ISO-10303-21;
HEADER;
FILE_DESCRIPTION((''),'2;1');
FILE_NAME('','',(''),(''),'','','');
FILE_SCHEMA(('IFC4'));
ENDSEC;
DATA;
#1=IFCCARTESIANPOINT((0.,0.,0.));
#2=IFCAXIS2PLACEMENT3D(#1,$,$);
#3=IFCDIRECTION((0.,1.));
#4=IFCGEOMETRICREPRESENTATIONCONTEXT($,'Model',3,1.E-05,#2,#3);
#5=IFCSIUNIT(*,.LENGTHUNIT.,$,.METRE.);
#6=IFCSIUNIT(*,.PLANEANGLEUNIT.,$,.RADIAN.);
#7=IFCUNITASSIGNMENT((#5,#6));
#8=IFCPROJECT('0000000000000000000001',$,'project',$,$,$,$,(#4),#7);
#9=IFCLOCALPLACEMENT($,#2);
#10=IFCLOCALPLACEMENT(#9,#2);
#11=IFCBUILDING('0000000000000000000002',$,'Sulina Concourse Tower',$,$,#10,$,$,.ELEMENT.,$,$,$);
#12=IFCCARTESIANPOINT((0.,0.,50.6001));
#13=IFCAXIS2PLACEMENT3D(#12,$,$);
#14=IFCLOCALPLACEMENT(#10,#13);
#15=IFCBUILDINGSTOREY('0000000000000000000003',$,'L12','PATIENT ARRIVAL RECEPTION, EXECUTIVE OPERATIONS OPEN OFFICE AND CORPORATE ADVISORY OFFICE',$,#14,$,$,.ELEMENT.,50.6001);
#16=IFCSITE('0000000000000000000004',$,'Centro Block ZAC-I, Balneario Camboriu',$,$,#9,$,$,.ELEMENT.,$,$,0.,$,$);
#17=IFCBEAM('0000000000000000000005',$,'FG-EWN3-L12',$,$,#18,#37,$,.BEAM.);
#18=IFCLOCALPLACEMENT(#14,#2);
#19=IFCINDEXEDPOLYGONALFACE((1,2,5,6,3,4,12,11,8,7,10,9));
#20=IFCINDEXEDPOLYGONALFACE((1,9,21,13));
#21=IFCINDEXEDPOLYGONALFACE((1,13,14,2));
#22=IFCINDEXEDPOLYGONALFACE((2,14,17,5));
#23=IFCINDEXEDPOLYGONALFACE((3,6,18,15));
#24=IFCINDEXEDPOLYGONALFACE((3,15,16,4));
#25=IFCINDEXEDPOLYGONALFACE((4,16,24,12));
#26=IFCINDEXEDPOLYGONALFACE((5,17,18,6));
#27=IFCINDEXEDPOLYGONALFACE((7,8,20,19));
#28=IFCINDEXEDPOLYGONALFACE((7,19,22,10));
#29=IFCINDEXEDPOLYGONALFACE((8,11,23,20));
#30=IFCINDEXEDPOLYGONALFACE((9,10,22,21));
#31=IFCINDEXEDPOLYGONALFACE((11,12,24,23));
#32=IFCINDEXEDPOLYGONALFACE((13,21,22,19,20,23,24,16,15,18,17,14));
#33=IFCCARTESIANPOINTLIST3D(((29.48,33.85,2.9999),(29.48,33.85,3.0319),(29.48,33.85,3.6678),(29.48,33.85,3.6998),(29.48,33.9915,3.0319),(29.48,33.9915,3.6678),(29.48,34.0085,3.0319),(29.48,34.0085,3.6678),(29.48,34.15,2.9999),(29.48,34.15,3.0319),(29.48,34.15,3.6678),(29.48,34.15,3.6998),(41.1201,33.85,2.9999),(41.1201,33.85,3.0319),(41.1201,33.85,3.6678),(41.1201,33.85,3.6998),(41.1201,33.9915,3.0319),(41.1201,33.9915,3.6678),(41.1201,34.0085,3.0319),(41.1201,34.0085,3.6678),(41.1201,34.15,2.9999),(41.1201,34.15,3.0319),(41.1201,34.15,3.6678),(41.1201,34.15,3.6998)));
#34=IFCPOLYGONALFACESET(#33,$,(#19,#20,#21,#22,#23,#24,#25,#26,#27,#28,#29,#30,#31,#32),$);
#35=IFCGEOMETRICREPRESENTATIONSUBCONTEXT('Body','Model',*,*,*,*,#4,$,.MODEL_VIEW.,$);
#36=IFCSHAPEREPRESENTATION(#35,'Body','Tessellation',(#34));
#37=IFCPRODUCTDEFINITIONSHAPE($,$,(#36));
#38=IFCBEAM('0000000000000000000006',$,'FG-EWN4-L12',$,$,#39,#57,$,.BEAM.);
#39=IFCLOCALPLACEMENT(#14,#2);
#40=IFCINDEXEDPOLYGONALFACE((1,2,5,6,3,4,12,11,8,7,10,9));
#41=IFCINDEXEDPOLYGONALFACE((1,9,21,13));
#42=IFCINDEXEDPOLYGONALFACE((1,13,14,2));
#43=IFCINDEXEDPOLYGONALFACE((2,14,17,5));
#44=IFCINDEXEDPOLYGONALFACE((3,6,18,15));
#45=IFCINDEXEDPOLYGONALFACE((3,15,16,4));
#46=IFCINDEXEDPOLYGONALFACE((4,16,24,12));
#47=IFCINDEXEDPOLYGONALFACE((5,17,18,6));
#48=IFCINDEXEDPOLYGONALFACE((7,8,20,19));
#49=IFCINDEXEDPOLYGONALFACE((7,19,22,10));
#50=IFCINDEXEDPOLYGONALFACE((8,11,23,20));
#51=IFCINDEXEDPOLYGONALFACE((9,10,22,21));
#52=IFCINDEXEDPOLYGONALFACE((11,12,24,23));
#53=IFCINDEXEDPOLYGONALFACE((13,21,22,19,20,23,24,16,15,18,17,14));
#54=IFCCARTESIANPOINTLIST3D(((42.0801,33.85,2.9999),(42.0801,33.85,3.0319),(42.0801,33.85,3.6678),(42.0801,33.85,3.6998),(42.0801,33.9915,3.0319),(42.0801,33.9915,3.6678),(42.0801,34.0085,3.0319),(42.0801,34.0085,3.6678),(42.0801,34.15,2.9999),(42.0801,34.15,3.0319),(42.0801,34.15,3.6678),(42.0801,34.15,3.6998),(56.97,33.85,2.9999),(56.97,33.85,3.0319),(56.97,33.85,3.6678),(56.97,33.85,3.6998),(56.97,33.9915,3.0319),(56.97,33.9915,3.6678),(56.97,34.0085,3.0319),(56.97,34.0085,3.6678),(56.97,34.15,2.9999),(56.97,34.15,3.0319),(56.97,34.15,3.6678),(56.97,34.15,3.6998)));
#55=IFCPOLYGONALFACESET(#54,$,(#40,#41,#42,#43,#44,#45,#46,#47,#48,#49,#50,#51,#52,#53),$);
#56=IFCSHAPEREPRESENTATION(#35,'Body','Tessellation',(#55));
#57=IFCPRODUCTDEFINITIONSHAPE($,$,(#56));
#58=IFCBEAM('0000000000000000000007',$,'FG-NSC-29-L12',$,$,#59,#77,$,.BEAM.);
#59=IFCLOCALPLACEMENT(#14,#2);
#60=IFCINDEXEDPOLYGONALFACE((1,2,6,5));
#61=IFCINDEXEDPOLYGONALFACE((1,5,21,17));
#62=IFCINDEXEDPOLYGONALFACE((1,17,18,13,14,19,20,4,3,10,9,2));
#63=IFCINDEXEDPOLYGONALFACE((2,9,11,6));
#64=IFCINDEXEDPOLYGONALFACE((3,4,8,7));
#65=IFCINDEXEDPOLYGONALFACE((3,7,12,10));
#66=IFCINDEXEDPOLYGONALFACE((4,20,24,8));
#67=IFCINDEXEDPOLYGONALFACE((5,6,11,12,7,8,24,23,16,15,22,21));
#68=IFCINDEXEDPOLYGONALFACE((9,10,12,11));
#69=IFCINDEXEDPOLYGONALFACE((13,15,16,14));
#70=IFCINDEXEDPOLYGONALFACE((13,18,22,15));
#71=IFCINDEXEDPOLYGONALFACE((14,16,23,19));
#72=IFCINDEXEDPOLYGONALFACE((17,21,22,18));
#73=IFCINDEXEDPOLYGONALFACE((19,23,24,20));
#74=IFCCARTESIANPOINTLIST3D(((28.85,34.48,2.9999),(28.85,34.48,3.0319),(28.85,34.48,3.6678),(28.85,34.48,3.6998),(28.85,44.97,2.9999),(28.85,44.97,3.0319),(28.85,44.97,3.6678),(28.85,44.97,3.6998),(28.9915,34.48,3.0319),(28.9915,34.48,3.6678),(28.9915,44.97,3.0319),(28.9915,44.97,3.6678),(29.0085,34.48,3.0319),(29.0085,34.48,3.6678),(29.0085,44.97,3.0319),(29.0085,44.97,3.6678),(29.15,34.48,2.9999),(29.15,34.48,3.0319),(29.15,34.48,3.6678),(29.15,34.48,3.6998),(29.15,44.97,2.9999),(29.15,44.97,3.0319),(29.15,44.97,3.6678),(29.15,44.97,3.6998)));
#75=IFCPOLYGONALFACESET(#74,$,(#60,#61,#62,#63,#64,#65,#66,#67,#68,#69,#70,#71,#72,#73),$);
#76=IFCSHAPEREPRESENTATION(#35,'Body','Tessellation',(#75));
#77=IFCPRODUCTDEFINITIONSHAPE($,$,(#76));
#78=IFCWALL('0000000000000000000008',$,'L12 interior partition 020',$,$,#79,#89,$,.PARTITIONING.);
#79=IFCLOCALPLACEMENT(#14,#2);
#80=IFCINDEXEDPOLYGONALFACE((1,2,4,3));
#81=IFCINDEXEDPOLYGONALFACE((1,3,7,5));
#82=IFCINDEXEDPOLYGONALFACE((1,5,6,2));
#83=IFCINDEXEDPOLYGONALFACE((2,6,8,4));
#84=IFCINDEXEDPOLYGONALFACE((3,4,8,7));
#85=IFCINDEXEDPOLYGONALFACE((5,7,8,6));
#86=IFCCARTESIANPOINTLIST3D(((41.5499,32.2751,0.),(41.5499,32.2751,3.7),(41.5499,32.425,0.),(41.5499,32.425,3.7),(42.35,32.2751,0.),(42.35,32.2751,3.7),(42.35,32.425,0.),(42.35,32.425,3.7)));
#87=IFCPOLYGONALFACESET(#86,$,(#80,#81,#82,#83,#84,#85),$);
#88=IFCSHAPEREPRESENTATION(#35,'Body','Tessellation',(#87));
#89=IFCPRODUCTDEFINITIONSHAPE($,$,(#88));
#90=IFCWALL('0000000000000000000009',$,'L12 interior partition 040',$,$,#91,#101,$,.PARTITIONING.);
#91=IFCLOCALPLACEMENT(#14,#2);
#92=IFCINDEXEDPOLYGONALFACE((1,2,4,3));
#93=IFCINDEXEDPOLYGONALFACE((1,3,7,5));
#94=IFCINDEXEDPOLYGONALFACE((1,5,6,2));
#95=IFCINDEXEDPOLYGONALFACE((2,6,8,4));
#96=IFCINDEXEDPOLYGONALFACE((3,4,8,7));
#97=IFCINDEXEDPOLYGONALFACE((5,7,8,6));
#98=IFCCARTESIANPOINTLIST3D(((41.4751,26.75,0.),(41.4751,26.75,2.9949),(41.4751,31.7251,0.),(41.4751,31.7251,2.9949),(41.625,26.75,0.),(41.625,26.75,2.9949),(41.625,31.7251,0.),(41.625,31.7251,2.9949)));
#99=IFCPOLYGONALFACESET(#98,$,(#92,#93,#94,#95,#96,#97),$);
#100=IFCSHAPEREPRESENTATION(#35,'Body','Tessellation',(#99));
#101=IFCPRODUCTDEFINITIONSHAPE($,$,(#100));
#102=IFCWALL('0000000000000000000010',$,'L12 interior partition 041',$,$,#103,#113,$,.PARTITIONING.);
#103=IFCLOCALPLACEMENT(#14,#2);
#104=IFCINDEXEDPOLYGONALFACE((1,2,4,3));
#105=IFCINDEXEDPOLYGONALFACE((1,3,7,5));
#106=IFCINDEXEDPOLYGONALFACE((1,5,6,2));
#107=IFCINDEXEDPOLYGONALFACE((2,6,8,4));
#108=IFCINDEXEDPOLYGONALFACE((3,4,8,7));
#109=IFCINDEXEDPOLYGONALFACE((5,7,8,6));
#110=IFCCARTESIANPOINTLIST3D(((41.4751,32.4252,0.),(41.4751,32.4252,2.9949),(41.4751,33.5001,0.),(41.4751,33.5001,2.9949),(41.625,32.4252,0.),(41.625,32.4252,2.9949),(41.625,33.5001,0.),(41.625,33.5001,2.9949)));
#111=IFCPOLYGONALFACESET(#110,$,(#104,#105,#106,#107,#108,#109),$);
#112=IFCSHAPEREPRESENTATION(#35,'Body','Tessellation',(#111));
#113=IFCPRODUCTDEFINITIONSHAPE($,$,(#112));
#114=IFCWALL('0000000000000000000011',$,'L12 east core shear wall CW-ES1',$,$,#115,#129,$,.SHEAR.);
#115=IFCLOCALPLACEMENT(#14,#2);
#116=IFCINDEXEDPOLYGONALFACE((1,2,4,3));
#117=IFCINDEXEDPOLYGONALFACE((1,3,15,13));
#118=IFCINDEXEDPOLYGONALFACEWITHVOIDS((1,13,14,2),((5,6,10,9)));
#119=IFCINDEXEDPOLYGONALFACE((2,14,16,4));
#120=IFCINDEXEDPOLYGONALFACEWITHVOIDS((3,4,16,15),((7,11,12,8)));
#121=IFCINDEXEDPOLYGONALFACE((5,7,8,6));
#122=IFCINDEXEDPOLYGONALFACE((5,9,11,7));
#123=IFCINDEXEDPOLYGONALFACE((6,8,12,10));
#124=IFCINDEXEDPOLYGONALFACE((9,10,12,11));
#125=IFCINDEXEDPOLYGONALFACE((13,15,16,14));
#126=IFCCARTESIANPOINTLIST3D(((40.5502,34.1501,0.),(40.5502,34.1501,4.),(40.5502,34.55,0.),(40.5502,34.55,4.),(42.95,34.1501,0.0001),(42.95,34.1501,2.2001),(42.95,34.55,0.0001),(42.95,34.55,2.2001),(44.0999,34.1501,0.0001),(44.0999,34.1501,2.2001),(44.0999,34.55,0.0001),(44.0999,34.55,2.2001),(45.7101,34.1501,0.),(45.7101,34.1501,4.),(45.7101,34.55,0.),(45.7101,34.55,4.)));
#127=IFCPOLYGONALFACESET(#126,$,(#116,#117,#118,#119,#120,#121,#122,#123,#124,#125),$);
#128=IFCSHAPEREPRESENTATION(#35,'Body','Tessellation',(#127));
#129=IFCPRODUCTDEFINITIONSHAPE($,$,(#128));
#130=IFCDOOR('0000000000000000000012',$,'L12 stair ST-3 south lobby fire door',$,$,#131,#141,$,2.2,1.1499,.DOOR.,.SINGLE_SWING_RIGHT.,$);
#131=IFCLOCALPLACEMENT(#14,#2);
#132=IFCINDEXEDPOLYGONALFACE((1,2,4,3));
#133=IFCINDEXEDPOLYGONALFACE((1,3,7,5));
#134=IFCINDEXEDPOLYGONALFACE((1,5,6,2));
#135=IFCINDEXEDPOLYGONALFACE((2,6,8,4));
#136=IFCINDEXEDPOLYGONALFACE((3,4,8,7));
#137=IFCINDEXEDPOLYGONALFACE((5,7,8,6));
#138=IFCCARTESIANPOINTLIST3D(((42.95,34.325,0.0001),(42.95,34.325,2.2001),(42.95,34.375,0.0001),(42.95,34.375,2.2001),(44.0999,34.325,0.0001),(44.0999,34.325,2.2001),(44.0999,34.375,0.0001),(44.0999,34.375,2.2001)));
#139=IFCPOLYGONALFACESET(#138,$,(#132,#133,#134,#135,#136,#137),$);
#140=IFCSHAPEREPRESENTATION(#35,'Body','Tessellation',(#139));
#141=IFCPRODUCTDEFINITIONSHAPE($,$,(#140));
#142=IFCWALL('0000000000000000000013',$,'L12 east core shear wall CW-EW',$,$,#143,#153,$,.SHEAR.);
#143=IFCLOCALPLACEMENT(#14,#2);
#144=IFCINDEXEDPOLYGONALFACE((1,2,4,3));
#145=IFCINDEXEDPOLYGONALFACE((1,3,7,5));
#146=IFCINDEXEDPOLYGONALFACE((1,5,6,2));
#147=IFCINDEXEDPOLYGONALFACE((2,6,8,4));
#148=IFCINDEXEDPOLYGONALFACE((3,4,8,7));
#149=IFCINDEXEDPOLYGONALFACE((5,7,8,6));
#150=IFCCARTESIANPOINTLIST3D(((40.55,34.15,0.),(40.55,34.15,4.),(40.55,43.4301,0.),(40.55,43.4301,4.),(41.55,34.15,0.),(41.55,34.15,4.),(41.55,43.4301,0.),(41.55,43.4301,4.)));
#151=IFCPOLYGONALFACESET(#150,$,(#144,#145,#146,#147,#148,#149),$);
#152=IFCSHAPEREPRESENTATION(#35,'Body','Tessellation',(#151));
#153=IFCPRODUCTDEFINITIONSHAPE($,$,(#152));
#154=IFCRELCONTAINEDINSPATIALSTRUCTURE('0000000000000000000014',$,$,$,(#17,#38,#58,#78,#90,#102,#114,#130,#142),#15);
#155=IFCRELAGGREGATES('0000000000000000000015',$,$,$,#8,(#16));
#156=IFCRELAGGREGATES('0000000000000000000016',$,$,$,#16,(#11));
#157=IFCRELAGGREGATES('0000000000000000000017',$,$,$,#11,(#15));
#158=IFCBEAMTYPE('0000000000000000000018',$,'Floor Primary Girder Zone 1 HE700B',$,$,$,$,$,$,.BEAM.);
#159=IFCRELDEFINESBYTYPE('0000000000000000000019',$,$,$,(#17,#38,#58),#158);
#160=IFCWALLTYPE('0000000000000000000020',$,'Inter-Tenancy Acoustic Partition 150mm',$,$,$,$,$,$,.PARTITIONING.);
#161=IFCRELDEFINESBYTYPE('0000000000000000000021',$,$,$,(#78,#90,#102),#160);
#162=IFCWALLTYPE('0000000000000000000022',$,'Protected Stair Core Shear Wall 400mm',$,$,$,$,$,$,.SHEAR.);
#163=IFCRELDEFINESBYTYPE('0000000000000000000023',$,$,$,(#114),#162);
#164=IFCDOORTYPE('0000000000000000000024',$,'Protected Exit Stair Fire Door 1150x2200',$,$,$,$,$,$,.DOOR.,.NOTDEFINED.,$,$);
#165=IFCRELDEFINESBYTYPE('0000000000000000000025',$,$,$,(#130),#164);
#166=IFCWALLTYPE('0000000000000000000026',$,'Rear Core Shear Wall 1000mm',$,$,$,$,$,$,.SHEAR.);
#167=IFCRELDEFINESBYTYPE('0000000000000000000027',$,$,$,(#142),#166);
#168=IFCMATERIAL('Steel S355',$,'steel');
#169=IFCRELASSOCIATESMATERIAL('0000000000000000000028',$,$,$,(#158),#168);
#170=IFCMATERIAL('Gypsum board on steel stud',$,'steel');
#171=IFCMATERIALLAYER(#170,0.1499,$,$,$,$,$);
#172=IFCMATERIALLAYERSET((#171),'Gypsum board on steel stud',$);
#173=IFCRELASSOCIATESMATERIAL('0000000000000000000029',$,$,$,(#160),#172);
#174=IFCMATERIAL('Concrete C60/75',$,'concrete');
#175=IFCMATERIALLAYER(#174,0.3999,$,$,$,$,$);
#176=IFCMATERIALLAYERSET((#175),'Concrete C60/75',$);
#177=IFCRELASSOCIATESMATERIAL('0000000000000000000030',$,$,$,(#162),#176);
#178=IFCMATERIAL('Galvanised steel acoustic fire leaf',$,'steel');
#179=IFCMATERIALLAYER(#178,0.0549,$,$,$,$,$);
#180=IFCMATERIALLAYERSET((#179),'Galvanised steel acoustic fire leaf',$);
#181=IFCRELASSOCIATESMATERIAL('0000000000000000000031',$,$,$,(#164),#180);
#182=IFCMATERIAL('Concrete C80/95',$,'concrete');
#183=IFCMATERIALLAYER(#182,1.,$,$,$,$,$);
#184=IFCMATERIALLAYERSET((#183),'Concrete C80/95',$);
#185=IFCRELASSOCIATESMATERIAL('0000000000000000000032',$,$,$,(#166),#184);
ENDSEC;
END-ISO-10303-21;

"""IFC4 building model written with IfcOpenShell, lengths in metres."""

from ifc_helpers import new_model, si_unit, direction, frame, frame_2d, origin, origin_2d, place, context, subcontext, project, spatial, rectangle, i_section, extrude, material, layer, layer_set, material_profile, profile_set, type_object, element, fill, save


model = new_model("IFC4")

# Units and contexts
model_context = context("Model", 3, precision=1e-05, world=origin(), true_north=direction((0.0, 1.0)))
body_context = subcontext(model_context, "Body", "Model", "MODEL_VIEW")
ifc_project = project(units=[si_unit("LENGTHUNIT", "METRE"), si_unit("PLANEANGLEUNIT", "RADIAN")], contexts=[model_context])

# Site, building, storey
site_placement = place(None, origin())
site = spatial("IfcSite", under=ifc_project, at=site_placement, Name="Centro Block ZAC-I, Balneario Camboriu", CompositionType="ELEMENT", RefElevation=0.0)
building_placement = place(site_placement, origin())
building = spatial("IfcBuilding", under=site, at=building_placement, Name="Sulina Concourse Tower", CompositionType="ELEMENT")
storey_placement = place(building_placement, frame((0.0, 0.0, 50.6001)))
storey = spatial("IfcBuildingStorey", under=building, at=storey_placement, Name="L12", Description="PATIENT ARRIVAL RECEPTION, EXECUTIVE OPERATIONS OPEN OFFICE AND CORPORATE ADVISORY OFFICE", CompositionType="ELEMENT", Elevation=50.6001)

# Beams
ifc_material_1 = material(Name="Steel S355", Category="steel")
ifc_material_profile_1 = material_profile(ifc_material_1, i_section(OverallWidth=0.3, OverallDepth=0.7, WebThickness=0.0171, FlangeThickness=0.032, at=origin_2d()), Name="HE 700 B")
ifc_profile_set_1 = profile_set([ifc_material_profile_1], Name="Steel S355")
beam_type_1 = type_object("IfcBeamType", Name="Floor Primary Girder Zone 1 HE700B", PredefinedType="BEAM", material=ifc_profile_set_1)
beam_1_placement = place(storey_placement, frame((29.48, 34.0, 3.3499), z_axis=(1.0, 0.0, 0.0), x_axis=(0.0, 1.0, 0.0)))
element("IfcBeam", 1, at=beam_1_placement, inside=storey, type_object=beam_type_1, Name="FG-EWN3-L12", PredefinedType="BEAM", context=body_context, shape_type="SweptSolid", body=[
    extrude(i_section(OverallWidth=0.3, OverallDepth=0.7, WebThickness=0.0171, FlangeThickness=0.032, at=origin_2d()), origin(), (0.0, 0.0, 1.0), 11.6401),
])
beam_2_placement = place(storey_placement, frame((42.0801, 34.0, 3.3499), z_axis=(1.0, 0.0, 0.0), x_axis=(0.0, 1.0, 0.0)))
element("IfcBeam", 2, at=beam_2_placement, inside=storey, type_object=beam_type_1, Name="FG-EWN4-L12", PredefinedType="BEAM", context=body_context, shape_type="SweptSolid", body=[
    extrude(i_section(OverallWidth=0.3, OverallDepth=0.7, WebThickness=0.0171, FlangeThickness=0.032, at=origin_2d()), origin(), (0.0, 0.0, 1.0), 14.8899),
])
beam_3_placement = place(storey_placement, frame((29.0, 34.48, 3.3499), z_axis=(0.0, 1.0, 0.0), x_axis=(-1.0, 0.0, 0.0)))
element("IfcBeam", 3, at=beam_3_placement, inside=storey, type_object=beam_type_1, Name="FG-NSC-29-L12", PredefinedType="BEAM", context=body_context, shape_type="SweptSolid", body=[
    extrude(i_section(OverallWidth=0.3, OverallDepth=0.7, WebThickness=0.0171, FlangeThickness=0.032, at=origin_2d()), origin(), (0.0, 0.0, 1.0), 10.49),
])

# Walls
ifc_material_2 = material(Name="Gypsum board on steel stud", Category="steel")
ifc_layer_1 = layer(ifc_material_2, 0.1499)
ifc_layer_set_1 = layer_set([ifc_layer_1], Name="Gypsum board on steel stud")
wall_type_1 = type_object("IfcWallType", Name="Inter-Tenancy Acoustic Partition 150mm", PredefinedType="PARTITIONING", material=ifc_layer_set_1)
wall_1_placement = place(storey_placement, frame((41.55, 32.3501, 0.0), z_axis=(0.0, 0.0, 1.0), x_axis=(1.0, 0.0, 0.0)))
element("IfcWall", 4, at=wall_1_placement, inside=storey, type_object=wall_type_1, Name="L12 interior partition 020", PredefinedType="PARTITIONING", context=body_context, shape_type="SweptSolid", body=[
    extrude(rectangle(XDim=0.8, YDim=0.1499, at=frame_2d((0.3999, 0.0))), origin(), (0.0, 0.0, 1.0), 3.7),
])
wall_2_placement = place(storey_placement, frame((41.55, 26.75, 0.0), z_axis=(0.0, 0.0, 1.0), x_axis=(0.0, 1.0, 0.0)))
element("IfcWall", 5, at=wall_2_placement, inside=storey, type_object=wall_type_1, Name="L12 interior partition 040", PredefinedType="PARTITIONING", context=body_context, shape_type="SweptSolid", body=[
    extrude(rectangle(XDim=4.9751, YDim=0.1499, at=frame_2d((2.4875, 0.0))), origin(), (0.0, 0.0, 1.0), 2.9949),
])
wall_3_placement = place(storey_placement, frame((41.55, 32.425, 0.0), z_axis=(0.0, 0.0, 1.0), x_axis=(0.0, 1.0, 0.0)))
element("IfcWall", 6, at=wall_3_placement, inside=storey, type_object=wall_type_1, Name="L12 interior partition 041", PredefinedType="PARTITIONING", context=body_context, shape_type="SweptSolid", body=[
    extrude(rectangle(XDim=1.075, YDim=0.1499, at=frame_2d((0.5376, 0.0))), origin(), (0.0, 0.0, 1.0), 2.9949),
])

# Wall, opening, door
ifc_material_3 = material(Name="Concrete C60/75", Category="concrete")
ifc_layer_2 = layer(ifc_material_3, 0.3999)
ifc_layer_set_2 = layer_set([ifc_layer_2], Name="Concrete C60/75")
wall_type_2 = type_object("IfcWallType", Name="Protected Stair Core Shear Wall 400mm", PredefinedType="SHEAR", material=ifc_layer_set_2)
wall_4_placement = place(storey_placement, frame((40.55, 34.3501, 0.0), z_axis=(0.0, 0.0, 1.0), x_axis=(1.0, 0.0, 0.0)))
wall_4 = element("IfcWall", 7, at=wall_4_placement, inside=storey, type_object=wall_type_2, Name="L12 east core shear wall CW-ES1", PredefinedType="SHEAR", context=body_context, shape_type="SweptSolid", body=[
    extrude(rectangle(XDim=5.1599, YDim=0.3999, at=frame_2d((2.5801, 0.0))), origin(), (0.0, 0.0, 1.0), 4.0),
])
opening_placement = place(wall_4_placement, frame((2.3999, 0.0, 0.0)))
opening = element("IfcOpeningElement", 8, at=opening_placement, cuts=wall_4, PredefinedType="OPENING", context=body_context, shape_type="SweptSolid", body=[
    extrude(rectangle(XDim=1.1499, YDim=2.2, at=frame_2d((0.575, 1.1001))), frame((0.0, 0.21, 0.0), z_axis=(0.0, -1.0, 0.0), x_axis=(1.0, 0.0, 0.0)), (0.0, 0.0, 1.0), 0.4199),
])
ifc_material_4 = material(Name="Galvanised steel acoustic fire leaf", Category="steel")
ifc_layer_3 = layer(ifc_material_4, 0.0549)
ifc_layer_set_3 = layer_set([ifc_layer_3], Name="Galvanised steel acoustic fire leaf")
door_type = type_object("IfcDoorType", Name="Protected Exit Stair Fire Door 1150x2200", OperationType="NOTDEFINED", PredefinedType="DOOR", material=ifc_layer_set_3)
door_placement = place(opening_placement, origin())
door = element("IfcDoor", 9, at=door_placement, inside=storey, type_object=door_type, Name="L12 stair ST-3 south lobby fire door", OperationType="SINGLE_SWING_RIGHT", OverallHeight=2.2, OverallWidth=1.1499, PredefinedType="DOOR", context=body_context, shape_type="SweptSolid", body=[
    extrude(rectangle(XDim=1.1499, YDim=2.2, at=frame_2d((0.575, 1.1001))), frame((0.0, 0.0249, 0.0), z_axis=(0.0, -1.0, 0.0), x_axis=(1.0, 0.0, 0.0)), (0.0, 0.0, 1.0), 0.05),
])
fill(opening, door)

# Wall
ifc_material_5 = material(Name="Concrete C80/95", Category="concrete")
ifc_layer_4 = layer(ifc_material_5, 1.0)
ifc_layer_set_4 = layer_set([ifc_layer_4], Name="Concrete C80/95")
wall_type_3 = type_object("IfcWallType", Name="Rear Core Shear Wall 1000mm", PredefinedType="SHEAR", material=ifc_layer_set_4)
wall_5_placement = place(storey_placement, frame((41.05, 34.1499, 0.0), z_axis=(0.0, 0.0, 1.0), x_axis=(0.0, 1.0, 0.0)))
element("IfcWall", 10, at=wall_5_placement, inside=storey, type_object=wall_type_3, Name="L12 east core shear wall CW-EW", PredefinedType="SHEAR", context=body_context, shape_type="SweptSolid", body=[
    extrude(rectangle(XDim=9.28, YDim=1.0, at=frame_2d((4.6401, 0.0))), origin(), (0.0, 0.0, 1.0), 4.0),
])

save(model, "model.ifc")
